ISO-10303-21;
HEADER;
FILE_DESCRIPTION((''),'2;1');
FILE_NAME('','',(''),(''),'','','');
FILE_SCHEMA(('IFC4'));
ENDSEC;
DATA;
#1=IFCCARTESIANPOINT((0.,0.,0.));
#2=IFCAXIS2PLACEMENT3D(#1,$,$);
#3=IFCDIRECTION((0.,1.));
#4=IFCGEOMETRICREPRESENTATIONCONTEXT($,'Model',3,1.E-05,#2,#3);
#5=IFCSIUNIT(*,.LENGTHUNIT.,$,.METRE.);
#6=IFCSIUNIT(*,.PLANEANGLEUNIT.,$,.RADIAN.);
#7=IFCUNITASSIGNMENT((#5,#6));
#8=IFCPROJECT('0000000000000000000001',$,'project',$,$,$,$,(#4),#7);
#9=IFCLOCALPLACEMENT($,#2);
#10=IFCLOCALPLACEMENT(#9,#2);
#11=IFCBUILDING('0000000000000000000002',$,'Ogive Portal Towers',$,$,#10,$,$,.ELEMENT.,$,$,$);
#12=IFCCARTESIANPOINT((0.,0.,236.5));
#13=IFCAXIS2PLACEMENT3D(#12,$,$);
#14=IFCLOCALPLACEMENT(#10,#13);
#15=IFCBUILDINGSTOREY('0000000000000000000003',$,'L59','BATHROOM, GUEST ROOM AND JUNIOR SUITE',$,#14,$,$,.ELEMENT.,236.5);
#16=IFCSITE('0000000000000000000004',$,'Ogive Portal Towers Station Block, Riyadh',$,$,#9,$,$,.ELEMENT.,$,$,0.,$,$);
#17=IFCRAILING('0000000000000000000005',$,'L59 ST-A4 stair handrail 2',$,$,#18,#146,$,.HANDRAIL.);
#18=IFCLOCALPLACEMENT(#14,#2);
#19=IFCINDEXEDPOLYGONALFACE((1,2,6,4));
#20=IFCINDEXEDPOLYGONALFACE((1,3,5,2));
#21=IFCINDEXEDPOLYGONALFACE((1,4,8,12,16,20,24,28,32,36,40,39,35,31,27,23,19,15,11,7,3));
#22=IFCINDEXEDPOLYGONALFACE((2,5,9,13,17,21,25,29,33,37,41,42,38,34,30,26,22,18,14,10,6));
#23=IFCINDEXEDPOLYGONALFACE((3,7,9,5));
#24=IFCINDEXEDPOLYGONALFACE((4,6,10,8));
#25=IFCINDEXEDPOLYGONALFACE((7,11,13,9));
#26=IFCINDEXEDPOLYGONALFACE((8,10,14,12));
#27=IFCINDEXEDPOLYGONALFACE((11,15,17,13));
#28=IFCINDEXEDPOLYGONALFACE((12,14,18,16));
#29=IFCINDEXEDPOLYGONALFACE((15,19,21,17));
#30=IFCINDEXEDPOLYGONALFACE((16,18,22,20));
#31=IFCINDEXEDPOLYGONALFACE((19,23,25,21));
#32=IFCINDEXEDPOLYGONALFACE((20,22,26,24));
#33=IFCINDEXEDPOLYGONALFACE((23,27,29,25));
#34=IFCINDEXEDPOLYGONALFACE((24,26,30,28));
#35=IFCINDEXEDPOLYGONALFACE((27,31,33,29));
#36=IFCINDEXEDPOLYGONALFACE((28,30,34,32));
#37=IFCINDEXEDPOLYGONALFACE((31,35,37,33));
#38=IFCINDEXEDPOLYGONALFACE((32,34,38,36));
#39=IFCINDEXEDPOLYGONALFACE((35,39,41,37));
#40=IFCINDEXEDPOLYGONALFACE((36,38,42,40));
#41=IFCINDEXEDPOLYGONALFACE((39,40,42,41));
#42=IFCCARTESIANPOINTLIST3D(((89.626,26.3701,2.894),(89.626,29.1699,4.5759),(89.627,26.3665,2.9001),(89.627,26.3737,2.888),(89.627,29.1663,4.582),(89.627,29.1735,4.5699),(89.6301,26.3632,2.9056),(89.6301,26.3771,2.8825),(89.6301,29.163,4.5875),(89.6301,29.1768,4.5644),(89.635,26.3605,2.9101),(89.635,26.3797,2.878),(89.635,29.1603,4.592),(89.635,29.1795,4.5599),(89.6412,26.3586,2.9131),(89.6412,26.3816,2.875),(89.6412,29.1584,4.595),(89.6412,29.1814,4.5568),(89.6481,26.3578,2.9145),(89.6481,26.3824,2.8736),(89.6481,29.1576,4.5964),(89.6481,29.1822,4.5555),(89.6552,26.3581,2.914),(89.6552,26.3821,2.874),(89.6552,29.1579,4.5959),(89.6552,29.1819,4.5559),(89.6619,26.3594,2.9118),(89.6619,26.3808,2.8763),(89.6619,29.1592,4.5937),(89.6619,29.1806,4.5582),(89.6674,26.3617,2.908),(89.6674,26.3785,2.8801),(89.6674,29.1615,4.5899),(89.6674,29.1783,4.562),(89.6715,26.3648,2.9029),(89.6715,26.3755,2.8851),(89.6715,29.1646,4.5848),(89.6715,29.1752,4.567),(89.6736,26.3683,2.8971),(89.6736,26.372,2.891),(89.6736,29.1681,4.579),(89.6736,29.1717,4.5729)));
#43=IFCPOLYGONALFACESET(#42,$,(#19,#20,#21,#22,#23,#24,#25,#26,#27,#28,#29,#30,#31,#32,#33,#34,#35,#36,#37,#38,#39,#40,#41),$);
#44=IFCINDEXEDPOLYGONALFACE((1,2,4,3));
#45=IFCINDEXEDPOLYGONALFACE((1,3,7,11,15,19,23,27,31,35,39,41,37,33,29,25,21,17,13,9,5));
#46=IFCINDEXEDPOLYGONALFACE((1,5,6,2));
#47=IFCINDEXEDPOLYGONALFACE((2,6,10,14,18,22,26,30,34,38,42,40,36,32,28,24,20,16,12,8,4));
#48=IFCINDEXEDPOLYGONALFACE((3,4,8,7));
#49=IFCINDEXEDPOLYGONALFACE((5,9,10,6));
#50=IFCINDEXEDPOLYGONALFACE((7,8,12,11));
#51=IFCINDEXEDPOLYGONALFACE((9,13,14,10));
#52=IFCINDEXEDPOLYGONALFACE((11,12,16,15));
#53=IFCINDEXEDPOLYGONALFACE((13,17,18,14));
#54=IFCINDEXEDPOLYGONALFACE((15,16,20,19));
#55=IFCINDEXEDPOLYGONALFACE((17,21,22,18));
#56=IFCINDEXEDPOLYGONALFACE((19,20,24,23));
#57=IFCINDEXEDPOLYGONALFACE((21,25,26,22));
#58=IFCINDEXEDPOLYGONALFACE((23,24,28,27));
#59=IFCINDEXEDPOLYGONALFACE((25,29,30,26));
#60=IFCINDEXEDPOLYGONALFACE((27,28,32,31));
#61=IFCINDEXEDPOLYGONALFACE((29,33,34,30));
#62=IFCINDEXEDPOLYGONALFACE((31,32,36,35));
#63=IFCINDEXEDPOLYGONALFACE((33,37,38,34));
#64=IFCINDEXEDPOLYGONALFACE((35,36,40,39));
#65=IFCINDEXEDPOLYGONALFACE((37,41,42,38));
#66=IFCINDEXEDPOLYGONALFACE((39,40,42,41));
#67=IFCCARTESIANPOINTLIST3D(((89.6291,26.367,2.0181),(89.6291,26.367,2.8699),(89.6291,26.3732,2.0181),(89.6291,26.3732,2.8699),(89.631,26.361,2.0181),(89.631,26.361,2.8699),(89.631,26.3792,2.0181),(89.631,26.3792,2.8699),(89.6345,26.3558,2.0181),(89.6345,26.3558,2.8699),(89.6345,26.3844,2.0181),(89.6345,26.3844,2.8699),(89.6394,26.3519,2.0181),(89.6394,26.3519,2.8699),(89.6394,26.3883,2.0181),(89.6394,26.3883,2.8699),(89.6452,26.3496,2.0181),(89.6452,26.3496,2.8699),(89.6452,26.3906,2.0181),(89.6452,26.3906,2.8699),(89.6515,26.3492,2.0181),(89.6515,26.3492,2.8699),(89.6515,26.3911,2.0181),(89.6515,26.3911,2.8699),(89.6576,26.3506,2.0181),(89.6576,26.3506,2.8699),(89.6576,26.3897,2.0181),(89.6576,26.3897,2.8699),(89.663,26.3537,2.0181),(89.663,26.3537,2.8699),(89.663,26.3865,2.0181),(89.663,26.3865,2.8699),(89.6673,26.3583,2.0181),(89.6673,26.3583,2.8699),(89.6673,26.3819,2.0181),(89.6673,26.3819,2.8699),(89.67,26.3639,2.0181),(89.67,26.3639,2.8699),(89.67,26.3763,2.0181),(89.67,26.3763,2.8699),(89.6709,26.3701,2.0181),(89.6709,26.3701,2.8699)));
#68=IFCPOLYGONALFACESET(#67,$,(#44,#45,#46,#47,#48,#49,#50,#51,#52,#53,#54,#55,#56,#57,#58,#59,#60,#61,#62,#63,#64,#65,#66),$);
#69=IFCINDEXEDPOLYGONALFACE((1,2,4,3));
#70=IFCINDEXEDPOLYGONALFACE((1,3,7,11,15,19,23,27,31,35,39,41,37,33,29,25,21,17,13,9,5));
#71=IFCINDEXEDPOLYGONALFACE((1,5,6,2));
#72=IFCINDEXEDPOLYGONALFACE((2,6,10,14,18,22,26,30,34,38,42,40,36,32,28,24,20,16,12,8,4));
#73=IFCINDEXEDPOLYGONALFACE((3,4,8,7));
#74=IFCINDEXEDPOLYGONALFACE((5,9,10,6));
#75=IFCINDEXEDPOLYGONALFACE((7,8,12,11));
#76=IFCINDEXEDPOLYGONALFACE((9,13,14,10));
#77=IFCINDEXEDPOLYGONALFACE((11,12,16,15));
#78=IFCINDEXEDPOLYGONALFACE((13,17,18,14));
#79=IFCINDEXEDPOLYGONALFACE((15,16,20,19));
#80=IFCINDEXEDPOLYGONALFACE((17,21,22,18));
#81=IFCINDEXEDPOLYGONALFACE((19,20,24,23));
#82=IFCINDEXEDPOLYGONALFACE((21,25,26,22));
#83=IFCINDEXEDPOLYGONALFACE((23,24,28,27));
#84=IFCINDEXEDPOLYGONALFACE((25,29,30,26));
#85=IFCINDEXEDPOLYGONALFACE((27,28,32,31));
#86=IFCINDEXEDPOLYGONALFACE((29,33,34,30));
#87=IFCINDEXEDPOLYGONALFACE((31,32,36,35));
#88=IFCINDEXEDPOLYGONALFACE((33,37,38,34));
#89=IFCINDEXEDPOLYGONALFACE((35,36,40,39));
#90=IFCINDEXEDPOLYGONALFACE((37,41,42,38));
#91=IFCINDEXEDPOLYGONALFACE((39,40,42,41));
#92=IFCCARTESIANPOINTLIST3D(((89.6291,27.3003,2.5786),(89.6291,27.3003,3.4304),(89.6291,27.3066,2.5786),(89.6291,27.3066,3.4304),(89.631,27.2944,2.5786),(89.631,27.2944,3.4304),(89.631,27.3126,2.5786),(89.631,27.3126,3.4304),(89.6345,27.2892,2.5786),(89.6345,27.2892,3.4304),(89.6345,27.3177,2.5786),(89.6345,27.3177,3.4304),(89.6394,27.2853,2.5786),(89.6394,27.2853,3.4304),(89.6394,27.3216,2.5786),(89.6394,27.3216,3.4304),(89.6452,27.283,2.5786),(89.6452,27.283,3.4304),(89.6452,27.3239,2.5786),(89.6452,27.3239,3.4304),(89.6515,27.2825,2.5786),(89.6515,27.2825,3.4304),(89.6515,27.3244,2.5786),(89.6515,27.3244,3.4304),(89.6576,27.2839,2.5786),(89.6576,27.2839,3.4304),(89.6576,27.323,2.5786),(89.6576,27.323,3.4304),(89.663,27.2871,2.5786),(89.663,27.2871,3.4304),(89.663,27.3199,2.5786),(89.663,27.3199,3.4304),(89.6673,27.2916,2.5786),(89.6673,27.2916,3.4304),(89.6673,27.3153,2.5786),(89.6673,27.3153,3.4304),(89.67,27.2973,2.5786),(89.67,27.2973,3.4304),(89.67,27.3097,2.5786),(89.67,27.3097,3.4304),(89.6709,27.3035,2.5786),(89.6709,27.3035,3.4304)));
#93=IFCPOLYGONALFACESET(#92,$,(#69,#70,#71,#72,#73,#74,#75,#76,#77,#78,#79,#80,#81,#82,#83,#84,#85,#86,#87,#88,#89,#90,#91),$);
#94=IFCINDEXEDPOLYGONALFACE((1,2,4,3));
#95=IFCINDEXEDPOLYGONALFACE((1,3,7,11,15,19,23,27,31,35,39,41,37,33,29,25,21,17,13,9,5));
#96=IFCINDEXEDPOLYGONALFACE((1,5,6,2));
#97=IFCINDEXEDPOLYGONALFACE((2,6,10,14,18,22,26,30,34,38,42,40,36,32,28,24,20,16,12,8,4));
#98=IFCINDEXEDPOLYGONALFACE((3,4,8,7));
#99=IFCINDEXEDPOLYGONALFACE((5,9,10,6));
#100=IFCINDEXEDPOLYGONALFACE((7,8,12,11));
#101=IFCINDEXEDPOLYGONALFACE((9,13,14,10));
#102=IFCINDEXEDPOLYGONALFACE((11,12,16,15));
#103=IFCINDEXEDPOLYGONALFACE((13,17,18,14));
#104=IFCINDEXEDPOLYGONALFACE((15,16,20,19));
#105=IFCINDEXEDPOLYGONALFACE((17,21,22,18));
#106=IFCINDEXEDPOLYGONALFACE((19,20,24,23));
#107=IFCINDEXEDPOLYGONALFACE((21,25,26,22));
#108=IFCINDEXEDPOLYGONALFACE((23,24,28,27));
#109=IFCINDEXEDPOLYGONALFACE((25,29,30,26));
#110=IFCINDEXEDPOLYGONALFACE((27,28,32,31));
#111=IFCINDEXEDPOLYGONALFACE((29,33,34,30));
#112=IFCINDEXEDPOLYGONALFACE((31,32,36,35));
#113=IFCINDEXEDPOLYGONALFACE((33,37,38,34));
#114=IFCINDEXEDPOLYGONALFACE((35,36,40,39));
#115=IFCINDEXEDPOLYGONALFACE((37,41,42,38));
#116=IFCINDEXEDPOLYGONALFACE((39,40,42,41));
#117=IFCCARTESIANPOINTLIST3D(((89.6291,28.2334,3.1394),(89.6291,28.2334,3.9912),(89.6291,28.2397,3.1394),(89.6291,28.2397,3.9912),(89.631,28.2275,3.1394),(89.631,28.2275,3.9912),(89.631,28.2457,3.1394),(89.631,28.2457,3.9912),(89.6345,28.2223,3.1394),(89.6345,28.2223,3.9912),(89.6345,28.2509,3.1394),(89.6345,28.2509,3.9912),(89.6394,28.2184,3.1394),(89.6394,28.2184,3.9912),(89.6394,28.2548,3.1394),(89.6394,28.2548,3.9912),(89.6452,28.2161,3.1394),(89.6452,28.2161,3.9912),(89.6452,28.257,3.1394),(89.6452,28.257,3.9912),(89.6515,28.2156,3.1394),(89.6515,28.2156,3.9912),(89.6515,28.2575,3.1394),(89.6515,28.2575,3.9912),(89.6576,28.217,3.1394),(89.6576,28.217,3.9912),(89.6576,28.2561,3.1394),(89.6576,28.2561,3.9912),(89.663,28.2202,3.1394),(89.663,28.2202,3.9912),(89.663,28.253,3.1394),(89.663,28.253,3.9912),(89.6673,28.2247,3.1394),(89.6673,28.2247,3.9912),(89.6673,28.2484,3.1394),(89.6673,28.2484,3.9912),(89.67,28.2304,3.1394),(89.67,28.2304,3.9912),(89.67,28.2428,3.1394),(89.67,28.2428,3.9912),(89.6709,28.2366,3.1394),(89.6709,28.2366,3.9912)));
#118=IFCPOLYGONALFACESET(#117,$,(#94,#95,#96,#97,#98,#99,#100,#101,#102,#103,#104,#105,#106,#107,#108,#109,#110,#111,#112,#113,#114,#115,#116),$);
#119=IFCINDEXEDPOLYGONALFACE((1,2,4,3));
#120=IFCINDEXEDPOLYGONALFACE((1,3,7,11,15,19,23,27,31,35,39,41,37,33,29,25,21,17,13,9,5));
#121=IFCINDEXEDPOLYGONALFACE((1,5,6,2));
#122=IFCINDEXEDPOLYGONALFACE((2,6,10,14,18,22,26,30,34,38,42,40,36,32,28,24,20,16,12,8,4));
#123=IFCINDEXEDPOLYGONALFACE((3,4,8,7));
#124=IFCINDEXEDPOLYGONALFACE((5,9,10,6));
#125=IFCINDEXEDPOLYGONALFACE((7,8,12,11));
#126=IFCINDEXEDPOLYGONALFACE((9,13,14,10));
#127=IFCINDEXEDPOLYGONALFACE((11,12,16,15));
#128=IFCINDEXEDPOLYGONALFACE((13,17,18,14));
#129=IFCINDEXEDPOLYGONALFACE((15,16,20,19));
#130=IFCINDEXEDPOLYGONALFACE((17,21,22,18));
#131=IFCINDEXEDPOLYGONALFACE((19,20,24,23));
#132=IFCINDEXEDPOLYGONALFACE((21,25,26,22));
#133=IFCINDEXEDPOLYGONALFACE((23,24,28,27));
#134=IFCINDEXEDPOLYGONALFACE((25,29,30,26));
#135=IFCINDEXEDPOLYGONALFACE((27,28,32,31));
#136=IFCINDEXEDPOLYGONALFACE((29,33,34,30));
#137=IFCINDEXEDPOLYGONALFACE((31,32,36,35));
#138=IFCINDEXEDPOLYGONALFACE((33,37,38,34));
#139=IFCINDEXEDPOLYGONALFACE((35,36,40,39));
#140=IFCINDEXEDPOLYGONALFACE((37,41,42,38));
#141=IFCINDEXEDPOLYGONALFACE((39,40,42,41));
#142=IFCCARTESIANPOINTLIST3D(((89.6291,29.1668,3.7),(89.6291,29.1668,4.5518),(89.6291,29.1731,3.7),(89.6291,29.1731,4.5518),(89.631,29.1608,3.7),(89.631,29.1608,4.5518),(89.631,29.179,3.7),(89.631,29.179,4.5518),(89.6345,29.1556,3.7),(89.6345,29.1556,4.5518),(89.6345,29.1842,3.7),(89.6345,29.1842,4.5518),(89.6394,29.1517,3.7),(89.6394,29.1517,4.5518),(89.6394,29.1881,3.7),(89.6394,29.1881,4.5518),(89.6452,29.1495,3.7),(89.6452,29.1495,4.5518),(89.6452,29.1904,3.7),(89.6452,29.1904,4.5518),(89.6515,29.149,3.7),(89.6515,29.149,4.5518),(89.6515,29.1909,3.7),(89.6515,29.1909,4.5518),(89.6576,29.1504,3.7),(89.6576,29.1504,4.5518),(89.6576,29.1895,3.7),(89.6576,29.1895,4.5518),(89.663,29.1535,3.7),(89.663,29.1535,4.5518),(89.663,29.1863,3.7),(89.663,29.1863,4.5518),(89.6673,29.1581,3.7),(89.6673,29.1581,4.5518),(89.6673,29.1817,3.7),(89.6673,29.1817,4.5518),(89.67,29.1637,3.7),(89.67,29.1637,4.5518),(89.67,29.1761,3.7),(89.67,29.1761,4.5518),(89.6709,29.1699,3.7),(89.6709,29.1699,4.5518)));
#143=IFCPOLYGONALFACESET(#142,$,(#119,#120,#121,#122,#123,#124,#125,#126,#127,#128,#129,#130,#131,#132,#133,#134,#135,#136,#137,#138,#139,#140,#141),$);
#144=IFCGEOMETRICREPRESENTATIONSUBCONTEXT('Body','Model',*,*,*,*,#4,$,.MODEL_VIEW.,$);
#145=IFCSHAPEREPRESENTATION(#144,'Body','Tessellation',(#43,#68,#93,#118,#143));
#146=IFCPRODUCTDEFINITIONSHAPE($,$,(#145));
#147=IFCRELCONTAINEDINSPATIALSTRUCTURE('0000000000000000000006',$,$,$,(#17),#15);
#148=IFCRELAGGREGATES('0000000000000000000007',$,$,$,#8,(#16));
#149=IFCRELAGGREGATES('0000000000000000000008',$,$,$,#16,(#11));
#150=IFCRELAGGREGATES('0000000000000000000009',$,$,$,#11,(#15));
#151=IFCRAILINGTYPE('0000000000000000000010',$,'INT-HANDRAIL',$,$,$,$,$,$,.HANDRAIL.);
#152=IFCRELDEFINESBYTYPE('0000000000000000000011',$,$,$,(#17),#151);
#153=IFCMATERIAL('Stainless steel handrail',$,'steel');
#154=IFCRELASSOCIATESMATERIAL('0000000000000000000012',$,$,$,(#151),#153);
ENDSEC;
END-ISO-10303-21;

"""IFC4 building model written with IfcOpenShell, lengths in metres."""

from ifc_helpers import new_model, si_unit, direction, frame, origin, origin_2d, place, context, subcontext, project, spatial, circle, extrude, material, type_object, element, save


model = new_model("IFC4")

# Units and contexts
model_context = context("Model", 3, precision=1e-05, world=origin(), true_north=direction((0.0, 1.0)))
body_context = subcontext(model_context, "Body", "Model", "MODEL_VIEW")
ifc_project = project(units=[si_unit("LENGTHUNIT", "METRE"), si_unit("PLANEANGLEUNIT", "RADIAN")], contexts=[model_context])

# Site, building, storey
site_placement = place(None, origin())
site = spatial("IfcSite", under=ifc_project, at=site_placement, Name="Ogive Portal Towers Station Block, Riyadh", CompositionType="ELEMENT", RefElevation=0.0)
building_placement = place(site_placement, origin())
building = spatial("IfcBuilding", under=site, at=building_placement, Name="Ogive Portal Towers", CompositionType="ELEMENT")
storey_placement = place(building_placement, frame((0.0, 0.0, 236.5)))
storey = spatial("IfcBuildingStorey", under=building, at=storey_placement, Name="L59", Description="BATHROOM, GUEST ROOM AND JUNIOR SUITE", CompositionType="ELEMENT", Elevation=236.5)

# Railing
ifc_material_1 = material(Name="Stainless steel handrail", Category="steel")
railing_type_1 = type_object("IfcRailingType", Name="INT-HANDRAIL", PredefinedType="HANDRAIL", material=ifc_material_1)
railing_1_placement = place(storey_placement, frame((89.6499, 26.3701, 2.0181)))
element("IfcRailing", 1, at=railing_1_placement, inside=storey, type_object=railing_type_1, Name="L59 ST-A4 stair handrail 2", PredefinedType="HANDRAIL", context=body_context, shape_type="SweptSolid", body=[
    extrude(circle(Radius=0.0239, at=origin_2d()), frame((0.0, 0.0, 0.876), z_axis=(0.0, 0.857222, 0.514946), x_axis=(-1.0, 0.0, 0.0)), (0.0, 0.0, 1.0), 3.2661),
    extrude(circle(Radius=0.021, at=origin_2d()), origin(), (0.0, 0.0, 1.0), 0.8518),
    extrude(circle(Radius=0.021, at=origin_2d()), frame((0.0, 0.9333, 0.5605)), (0.0, 0.0, 1.0), 0.8518),
    extrude(circle(Radius=0.021, at=origin_2d()), frame((0.0, 1.8665, 1.1213)), (0.0, 0.0, 1.0), 0.8518),
    extrude(circle(Radius=0.021, at=origin_2d()), frame((0.0, 2.7998, 1.6819)), (0.0, 0.0, 1.0), 0.8518),
])

save(model, "model.ifc")
